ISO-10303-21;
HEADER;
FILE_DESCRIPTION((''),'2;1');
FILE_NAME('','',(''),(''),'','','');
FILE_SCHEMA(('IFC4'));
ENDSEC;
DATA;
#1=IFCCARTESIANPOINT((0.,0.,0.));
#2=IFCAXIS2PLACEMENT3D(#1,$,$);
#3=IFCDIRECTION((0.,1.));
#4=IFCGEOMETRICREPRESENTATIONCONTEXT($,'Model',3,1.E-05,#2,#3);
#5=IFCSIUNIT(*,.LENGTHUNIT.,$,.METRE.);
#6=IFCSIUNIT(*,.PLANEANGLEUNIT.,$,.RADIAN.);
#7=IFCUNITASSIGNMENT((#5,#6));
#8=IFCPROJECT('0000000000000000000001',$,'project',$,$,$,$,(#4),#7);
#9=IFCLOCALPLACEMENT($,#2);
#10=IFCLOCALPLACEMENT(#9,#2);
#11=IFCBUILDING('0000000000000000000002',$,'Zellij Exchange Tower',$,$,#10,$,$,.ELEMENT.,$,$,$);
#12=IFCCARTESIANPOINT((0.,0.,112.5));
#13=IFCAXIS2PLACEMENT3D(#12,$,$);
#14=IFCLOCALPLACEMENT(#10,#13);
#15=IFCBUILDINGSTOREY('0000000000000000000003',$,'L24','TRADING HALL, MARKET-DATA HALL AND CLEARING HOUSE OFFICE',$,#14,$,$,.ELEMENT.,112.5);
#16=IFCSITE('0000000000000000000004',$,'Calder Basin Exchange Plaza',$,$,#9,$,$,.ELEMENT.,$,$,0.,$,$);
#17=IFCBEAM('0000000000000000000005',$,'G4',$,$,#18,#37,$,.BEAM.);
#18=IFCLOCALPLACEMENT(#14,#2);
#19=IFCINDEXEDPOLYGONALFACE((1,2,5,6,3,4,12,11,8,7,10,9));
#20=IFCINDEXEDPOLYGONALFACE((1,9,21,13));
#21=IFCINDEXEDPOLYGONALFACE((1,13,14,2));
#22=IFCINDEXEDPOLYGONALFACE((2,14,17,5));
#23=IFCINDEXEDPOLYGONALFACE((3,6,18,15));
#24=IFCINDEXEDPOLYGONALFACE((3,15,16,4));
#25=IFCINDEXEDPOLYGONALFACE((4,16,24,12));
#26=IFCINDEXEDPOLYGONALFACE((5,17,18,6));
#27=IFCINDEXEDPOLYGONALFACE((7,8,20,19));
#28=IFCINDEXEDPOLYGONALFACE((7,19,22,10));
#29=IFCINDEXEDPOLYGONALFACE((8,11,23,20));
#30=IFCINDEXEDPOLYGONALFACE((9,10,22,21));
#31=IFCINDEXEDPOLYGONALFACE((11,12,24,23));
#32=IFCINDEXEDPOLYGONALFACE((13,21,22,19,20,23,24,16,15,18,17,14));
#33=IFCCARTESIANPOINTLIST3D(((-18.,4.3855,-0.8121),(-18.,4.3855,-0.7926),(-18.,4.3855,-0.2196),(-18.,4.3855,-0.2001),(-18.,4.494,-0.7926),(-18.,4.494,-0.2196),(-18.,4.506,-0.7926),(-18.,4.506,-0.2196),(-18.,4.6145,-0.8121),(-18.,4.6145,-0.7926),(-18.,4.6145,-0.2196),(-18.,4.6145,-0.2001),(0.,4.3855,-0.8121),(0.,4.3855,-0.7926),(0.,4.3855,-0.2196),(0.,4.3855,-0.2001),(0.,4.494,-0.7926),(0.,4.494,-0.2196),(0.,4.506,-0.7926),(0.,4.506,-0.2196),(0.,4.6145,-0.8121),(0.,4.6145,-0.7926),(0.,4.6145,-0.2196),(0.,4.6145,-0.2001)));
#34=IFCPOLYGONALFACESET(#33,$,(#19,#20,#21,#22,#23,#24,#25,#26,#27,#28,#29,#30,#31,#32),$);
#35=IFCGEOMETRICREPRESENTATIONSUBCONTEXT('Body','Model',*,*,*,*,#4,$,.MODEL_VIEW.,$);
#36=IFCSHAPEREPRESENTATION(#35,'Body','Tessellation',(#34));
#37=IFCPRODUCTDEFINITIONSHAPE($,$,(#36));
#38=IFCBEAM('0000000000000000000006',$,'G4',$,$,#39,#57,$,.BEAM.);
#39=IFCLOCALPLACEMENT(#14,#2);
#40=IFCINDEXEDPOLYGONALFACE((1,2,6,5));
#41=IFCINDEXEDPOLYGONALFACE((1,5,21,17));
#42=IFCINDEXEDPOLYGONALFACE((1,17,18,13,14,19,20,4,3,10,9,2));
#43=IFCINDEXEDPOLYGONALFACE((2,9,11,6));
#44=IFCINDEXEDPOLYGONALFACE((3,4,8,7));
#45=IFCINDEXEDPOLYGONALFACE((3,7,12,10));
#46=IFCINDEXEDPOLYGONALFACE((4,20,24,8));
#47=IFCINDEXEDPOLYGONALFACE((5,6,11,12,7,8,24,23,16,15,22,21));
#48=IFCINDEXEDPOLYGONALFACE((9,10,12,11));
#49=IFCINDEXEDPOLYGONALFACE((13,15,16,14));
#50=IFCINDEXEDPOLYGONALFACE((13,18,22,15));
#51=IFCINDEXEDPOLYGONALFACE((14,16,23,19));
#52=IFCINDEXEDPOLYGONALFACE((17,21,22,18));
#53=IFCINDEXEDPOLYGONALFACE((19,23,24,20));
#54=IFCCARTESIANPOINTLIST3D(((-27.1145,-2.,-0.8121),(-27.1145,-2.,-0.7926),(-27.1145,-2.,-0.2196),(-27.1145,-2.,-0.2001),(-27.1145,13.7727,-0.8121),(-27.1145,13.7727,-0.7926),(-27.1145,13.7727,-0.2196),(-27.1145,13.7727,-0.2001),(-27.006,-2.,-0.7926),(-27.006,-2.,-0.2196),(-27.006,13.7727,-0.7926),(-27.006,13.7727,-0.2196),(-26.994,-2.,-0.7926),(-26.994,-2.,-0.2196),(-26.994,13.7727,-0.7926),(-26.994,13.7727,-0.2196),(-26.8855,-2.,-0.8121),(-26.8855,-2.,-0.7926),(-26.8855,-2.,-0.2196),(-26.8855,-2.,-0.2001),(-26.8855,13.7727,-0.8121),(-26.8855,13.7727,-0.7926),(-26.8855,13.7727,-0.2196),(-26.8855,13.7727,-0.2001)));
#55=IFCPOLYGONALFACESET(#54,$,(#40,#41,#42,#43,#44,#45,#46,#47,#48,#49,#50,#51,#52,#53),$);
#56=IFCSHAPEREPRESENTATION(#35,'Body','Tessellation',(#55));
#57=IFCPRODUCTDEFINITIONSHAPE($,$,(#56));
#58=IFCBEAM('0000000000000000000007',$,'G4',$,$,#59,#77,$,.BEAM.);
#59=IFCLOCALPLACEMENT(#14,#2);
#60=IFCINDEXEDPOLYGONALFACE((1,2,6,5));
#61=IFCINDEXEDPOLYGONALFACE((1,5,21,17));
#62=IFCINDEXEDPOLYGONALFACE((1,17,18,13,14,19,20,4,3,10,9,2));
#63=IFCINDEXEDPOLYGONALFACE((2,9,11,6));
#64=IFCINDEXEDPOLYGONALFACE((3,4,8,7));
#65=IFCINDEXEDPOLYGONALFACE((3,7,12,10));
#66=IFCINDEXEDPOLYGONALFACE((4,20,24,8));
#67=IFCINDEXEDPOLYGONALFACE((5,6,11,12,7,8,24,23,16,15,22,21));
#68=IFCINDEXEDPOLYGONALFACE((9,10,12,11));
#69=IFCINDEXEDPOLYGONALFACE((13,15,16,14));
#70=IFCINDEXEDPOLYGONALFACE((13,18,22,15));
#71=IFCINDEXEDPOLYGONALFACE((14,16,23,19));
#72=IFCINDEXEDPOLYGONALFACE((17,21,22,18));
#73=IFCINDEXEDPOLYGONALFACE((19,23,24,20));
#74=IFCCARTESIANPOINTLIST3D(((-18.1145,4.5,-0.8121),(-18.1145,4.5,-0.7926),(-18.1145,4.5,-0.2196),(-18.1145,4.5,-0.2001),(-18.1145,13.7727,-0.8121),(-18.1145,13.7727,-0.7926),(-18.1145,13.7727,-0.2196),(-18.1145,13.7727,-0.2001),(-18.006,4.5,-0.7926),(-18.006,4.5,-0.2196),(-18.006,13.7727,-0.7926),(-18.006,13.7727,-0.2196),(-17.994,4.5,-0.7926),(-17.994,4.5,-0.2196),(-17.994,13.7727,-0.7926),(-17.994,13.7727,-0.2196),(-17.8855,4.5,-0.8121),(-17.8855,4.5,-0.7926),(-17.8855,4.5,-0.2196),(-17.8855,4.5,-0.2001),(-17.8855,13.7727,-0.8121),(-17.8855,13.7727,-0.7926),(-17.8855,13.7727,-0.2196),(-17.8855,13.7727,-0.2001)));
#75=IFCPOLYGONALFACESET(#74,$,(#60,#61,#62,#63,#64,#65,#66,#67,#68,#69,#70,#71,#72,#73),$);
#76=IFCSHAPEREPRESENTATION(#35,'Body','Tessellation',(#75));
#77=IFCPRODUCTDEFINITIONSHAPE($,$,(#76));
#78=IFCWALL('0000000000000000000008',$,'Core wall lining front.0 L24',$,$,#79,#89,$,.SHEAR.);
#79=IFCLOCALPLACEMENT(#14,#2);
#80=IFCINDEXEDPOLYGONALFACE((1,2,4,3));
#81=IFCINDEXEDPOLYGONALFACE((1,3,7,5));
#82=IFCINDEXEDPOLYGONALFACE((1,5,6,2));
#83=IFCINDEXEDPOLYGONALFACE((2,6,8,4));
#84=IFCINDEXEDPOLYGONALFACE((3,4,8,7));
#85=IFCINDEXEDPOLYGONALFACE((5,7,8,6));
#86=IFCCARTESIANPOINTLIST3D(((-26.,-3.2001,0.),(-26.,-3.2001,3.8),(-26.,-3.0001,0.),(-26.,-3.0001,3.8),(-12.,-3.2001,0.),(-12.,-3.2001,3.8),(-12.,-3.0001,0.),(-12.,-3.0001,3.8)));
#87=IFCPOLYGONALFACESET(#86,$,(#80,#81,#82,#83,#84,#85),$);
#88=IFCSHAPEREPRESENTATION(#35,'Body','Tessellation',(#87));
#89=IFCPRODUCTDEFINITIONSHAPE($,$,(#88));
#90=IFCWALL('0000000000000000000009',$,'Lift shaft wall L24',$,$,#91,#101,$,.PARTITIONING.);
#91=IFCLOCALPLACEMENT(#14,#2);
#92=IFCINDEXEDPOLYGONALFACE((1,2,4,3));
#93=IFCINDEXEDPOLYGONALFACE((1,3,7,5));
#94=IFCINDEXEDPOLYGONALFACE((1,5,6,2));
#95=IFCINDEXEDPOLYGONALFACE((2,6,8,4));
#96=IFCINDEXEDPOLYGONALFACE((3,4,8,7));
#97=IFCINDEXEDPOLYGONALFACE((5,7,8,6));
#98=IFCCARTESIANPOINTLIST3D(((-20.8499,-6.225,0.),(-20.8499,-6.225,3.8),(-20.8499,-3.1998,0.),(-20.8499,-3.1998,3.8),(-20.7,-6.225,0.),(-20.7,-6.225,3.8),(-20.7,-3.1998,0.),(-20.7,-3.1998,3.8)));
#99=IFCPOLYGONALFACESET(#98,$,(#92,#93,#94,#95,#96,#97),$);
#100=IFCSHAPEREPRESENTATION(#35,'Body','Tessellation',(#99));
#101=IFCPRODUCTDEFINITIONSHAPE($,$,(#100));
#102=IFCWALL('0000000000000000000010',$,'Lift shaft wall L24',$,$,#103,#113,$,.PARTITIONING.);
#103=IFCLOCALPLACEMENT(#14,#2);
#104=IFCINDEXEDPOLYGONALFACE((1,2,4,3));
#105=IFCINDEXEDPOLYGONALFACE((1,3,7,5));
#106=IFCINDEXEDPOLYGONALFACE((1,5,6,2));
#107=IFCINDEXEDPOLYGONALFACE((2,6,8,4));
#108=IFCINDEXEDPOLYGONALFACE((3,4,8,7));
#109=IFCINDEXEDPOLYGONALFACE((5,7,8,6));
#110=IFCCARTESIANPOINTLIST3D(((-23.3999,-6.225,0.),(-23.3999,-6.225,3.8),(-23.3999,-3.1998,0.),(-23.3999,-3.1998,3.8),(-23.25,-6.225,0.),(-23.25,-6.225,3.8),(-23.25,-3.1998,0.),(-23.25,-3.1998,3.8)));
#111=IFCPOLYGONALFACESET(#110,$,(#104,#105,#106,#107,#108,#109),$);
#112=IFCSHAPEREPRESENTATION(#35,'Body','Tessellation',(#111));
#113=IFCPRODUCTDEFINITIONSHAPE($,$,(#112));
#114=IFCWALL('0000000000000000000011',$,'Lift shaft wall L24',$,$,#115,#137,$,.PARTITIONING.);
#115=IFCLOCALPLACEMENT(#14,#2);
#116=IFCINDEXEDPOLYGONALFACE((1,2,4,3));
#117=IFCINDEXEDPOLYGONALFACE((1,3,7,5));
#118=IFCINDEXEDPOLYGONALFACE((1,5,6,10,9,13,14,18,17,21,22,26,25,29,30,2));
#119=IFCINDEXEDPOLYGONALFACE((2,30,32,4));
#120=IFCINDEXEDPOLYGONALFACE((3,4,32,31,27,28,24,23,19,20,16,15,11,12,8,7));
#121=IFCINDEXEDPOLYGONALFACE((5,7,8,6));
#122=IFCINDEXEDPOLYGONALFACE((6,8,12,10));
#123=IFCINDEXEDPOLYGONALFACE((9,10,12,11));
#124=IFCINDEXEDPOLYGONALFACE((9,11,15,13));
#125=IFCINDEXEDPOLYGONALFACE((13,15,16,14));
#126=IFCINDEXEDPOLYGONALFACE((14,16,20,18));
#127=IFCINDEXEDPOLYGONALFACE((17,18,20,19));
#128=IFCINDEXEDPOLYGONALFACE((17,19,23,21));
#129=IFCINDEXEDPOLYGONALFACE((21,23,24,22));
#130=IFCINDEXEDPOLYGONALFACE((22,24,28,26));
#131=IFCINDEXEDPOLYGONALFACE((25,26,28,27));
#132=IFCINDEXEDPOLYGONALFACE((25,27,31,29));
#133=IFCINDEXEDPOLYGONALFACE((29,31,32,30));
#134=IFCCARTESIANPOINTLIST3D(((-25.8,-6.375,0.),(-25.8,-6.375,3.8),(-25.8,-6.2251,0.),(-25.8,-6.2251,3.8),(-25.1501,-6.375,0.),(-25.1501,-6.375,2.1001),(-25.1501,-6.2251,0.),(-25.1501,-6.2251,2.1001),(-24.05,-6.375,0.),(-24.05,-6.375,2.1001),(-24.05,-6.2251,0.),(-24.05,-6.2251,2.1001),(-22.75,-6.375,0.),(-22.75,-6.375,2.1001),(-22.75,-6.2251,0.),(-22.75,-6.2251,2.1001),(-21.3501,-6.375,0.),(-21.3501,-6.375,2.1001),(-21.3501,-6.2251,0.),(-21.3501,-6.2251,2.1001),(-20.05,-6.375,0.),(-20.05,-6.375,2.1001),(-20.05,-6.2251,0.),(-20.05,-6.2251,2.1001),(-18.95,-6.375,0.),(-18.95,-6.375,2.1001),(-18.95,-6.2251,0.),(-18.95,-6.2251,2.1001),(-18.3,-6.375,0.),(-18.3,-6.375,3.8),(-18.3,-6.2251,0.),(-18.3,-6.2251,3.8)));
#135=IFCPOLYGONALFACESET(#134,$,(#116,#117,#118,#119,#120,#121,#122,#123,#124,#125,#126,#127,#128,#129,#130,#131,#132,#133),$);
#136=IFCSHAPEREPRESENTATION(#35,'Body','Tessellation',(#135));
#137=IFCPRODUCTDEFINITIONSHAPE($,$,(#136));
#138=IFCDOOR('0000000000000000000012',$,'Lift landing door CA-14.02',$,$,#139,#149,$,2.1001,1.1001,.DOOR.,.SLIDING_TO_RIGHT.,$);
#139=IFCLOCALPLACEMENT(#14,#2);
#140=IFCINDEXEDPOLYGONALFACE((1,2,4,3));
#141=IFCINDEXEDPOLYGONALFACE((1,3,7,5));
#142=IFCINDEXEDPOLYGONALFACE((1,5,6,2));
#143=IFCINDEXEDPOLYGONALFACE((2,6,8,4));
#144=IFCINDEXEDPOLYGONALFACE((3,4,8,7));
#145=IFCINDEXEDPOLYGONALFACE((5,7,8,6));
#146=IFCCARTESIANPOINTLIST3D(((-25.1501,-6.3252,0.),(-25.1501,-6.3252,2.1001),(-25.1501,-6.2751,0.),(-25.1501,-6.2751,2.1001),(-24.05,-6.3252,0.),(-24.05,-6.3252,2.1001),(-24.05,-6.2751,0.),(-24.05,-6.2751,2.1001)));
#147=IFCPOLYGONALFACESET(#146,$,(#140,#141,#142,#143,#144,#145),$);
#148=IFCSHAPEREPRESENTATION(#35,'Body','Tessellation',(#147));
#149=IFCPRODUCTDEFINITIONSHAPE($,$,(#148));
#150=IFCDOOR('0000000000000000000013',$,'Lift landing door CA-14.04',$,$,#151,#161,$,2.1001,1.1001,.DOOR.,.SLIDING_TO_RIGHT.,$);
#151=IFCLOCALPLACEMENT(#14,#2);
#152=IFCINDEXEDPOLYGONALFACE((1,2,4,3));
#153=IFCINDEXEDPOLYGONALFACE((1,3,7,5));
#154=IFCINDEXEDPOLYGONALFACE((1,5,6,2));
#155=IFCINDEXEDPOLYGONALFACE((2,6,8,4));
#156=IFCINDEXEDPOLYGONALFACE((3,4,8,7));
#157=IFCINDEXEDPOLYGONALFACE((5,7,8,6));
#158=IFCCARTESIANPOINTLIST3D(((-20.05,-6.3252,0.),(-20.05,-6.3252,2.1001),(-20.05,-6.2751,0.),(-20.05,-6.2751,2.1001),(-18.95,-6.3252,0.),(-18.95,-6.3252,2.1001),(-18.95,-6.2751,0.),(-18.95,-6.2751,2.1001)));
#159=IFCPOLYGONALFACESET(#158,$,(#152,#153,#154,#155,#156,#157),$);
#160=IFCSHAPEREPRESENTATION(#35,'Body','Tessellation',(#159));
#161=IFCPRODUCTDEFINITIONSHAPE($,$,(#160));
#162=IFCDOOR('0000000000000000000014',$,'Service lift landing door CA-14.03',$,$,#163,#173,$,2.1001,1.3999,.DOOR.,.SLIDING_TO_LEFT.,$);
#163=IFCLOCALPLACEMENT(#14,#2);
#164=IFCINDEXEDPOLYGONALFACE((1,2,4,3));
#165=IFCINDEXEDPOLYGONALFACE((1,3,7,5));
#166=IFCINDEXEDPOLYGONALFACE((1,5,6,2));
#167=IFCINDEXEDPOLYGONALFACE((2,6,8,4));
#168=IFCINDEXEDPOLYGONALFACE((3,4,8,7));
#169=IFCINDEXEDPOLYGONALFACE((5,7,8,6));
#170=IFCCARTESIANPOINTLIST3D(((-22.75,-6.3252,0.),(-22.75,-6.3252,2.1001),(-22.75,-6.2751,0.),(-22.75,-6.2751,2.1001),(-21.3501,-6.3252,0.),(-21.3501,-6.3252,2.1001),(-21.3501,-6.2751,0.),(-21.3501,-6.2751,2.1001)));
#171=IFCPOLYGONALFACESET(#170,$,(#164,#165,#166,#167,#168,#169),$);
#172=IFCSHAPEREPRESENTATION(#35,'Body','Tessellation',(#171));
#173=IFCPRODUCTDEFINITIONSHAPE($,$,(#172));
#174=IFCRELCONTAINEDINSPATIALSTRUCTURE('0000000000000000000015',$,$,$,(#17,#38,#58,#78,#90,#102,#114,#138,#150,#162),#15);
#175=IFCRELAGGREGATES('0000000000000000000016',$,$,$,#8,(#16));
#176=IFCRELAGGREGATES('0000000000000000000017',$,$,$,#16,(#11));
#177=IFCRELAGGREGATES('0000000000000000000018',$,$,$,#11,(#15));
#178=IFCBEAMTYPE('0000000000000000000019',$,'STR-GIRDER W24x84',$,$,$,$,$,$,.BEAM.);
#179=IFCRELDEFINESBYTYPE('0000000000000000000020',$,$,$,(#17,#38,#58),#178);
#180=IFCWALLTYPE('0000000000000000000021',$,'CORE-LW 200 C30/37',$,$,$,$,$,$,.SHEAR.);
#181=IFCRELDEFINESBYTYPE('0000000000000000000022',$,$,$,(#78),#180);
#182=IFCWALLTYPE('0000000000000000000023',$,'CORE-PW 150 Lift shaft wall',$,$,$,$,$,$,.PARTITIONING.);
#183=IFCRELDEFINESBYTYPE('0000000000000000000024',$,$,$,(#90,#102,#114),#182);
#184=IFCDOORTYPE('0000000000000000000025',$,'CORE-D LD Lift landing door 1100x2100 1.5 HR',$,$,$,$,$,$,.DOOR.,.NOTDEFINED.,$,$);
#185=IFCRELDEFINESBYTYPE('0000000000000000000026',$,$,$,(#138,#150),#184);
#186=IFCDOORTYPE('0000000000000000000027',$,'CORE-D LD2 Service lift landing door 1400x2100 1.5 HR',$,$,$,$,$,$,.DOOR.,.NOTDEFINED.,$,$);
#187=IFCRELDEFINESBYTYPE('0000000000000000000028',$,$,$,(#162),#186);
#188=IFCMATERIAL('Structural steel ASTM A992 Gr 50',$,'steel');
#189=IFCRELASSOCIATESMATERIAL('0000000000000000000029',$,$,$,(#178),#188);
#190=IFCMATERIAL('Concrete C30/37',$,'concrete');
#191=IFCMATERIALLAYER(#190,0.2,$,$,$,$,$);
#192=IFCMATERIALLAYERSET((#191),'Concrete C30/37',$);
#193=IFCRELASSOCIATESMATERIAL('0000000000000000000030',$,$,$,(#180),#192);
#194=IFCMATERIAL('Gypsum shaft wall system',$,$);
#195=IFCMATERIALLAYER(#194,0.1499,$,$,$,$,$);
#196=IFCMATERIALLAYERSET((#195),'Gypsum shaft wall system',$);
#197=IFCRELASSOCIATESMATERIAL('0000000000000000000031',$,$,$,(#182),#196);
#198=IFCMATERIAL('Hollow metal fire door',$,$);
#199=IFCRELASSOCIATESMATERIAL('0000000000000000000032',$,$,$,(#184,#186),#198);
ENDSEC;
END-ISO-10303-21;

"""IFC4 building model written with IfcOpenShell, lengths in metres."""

from ifc_helpers import new_model, si_unit, direction, frame, frame_2d, origin, origin_2d, place, context, subcontext, project, spatial, rectangle, i_section, extrude, material, layer, layer_set, material_profile, profile_set, type_object, element, fill, save


model = new_model("IFC4")

# Units and contexts
model_context = context("Model", 3, precision=1e-05, world=origin(), true_north=direction((0.0, 1.0)))
body_context = subcontext(model_context, "Body", "Model", "MODEL_VIEW")
ifc_project = project(units=[si_unit("LENGTHUNIT", "METRE"), si_unit("PLANEANGLEUNIT", "RADIAN")], contexts=[model_context])

# Site, building, storey
site_placement = place(None, origin())
site = spatial("IfcSite", under=ifc_project, at=site_placement, Name="Calder Basin Exchange Plaza", CompositionType="ELEMENT", RefElevation=0.0)
building_placement = place(site_placement, origin())
building = spatial("IfcBuilding", under=site, at=building_placement, Name="Zellij Exchange Tower", CompositionType="ELEMENT")
storey_placement = place(building_placement, frame((0.0, 0.0, 112.5)))
storey = spatial("IfcBuildingStorey", under=building, at=storey_placement, Name="L24", Description="TRADING HALL, MARKET-DATA HALL AND CLEARING HOUSE OFFICE", CompositionType="ELEMENT", Elevation=112.5)

# Beams
ifc_material_1 = material(Name="Structural steel ASTM A992 Gr 50", Category="steel")
ifc_material_profile_1 = material_profile(ifc_material_1, i_section(OverallWidth=0.229, OverallDepth=0.6121, WebThickness=0.012, FlangeThickness=0.0195, at=origin_2d()), Name="W24x84")
ifc_profile_set_1 = profile_set([ifc_material_profile_1], Name="Structural steel ASTM A992 Gr 50")
beam_type_1 = type_object("IfcBeamType", Name="STR-GIRDER W24x84", PredefinedType="BEAM", material=ifc_profile_set_1)
beam_1_placement = place(storey_placement, frame((-18.0, 4.5, -0.5061), z_axis=(1.0, 0.0, 0.0), x_axis=(0.0, 1.0, 0.0)))
element("IfcBeam", 1, at=beam_1_placement, inside=storey, type_object=beam_type_1, Name="G4", PredefinedType="BEAM", context=body_context, shape_type="SweptSolid", body=[
    extrude(i_section(OverallWidth=0.229, OverallDepth=0.6121, WebThickness=0.012, FlangeThickness=0.0195, at=origin_2d()), origin(), (0.0, 0.0, 1.0), 18.0),
])
beam_2_placement = place(storey_placement, frame((-27.0, -2.0, -0.5061), z_axis=(0.0, 1.0, 0.0), x_axis=(-1.0, 0.0, 0.0)))
element("IfcBeam", 2, at=beam_2_placement, inside=storey, type_object=beam_type_1, Name="G4", PredefinedType="BEAM", context=body_context, shape_type="SweptSolid", body=[
    extrude(i_section(OverallWidth=0.229, OverallDepth=0.6121, WebThickness=0.012, FlangeThickness=0.0195, at=origin_2d()), origin(), (0.0, 0.0, 1.0), 15.7727),
])
beam_3_placement = place(storey_placement, frame((-18.0, 4.5, -0.5061), z_axis=(0.0, 1.0, 0.0), x_axis=(-1.0, 0.0, 0.0)))
element("IfcBeam", 3, at=beam_3_placement, inside=storey, type_object=beam_type_1, Name="G4", PredefinedType="BEAM", context=body_context, shape_type="SweptSolid", body=[
    extrude(i_section(OverallWidth=0.229, OverallDepth=0.6121, WebThickness=0.012, FlangeThickness=0.0195, at=origin_2d()), origin(), (0.0, 0.0, 1.0), 9.2727),
])

# Walls
ifc_material_2 = material(Name="Concrete C30/37", Category="concrete")
ifc_layer_1 = layer(ifc_material_2, 0.2)
ifc_layer_set_1 = layer_set([ifc_layer_1], Name="Concrete C30/37")
wall_type_1 = type_object("IfcWallType", Name="CORE-LW 200 C30/37", PredefinedType="SHEAR", material=ifc_layer_set_1)
wall_1_placement = place(storey_placement, frame((-26.0, -3.1001, 0.0), z_axis=(0.0, 0.0, 1.0), x_axis=(1.0, 0.0, 0.0)))
element("IfcWall", 4, at=wall_1_placement, inside=storey, type_object=wall_type_1, Name="Core wall lining front.0 L24", PredefinedType="SHEAR", context=body_context, shape_type="SweptSolid", body=[
    extrude(rectangle(XDim=14.0, YDim=0.2, at=frame_2d((7.0, 0.0))), origin(), (0.0, 0.0, 1.0), 3.8),
])
ifc_material_3 = material(Name="Gypsum shaft wall system")
ifc_layer_2 = layer(ifc_material_3, 0.1499)
ifc_layer_set_2 = layer_set([ifc_layer_2], Name="Gypsum shaft wall system")
wall_type_2 = type_object("IfcWallType", Name="CORE-PW 150 Lift shaft wall", PredefinedType="PARTITIONING", material=ifc_layer_set_2)
for number, where, z_axis, x_axis, name in (
    (5, (-20.7749, -6.2251, 0.0), (0.0, 0.0, 1.0), (0.0, 1.0, 0.0), "Lift shaft wall L24"),
    (6, (-23.325, -6.2251, 0.0), (0.0, 0.0, 1.0), (0.0, 1.0, 0.0), "Lift shaft wall L24"),
):
    element("IfcWall", number, at=place(storey_placement, frame(where, z_axis=z_axis, x_axis=x_axis)), inside=storey, type_object=wall_type_2, Name=name, PredefinedType="PARTITIONING", context=body_context, shape_type="SweptSolid", body=[
        extrude(rectangle(XDim=3.0251, YDim=0.1499, at=frame_2d((1.5127, 0.0))), origin(), (0.0, 0.0, 1.0), 3.8),
    ])

# Wall, openings, doors
wall_2_placement = place(storey_placement, frame((-25.8, -6.3, 0.0), z_axis=(0.0, 0.0, 1.0), x_axis=(1.0, 0.0, 0.0)))
wall_2 = element("IfcWall", 7, at=wall_2_placement, inside=storey, type_object=wall_type_2, Name="Lift shaft wall L24", PredefinedType="PARTITIONING", context=body_context, shape_type="SweptSolid", body=[
    extrude(rectangle(XDim=7.5, YDim=0.1499, at=frame_2d((3.75, 0.0))), origin(), (0.0, 0.0, 1.0), 3.8),
])
opening_1_placement = place(wall_2_placement, frame((0.6499, 0.0, 0.0)))
opening_1 = element("IfcOpeningElement", 8, at=opening_1_placement, cuts=wall_2, PredefinedType="OPENING", context=body_context, shape_type="SweptSolid", body=[
    extrude(rectangle(XDim=1.1001, YDim=2.1001, at=frame_2d((0.55, 1.05))), frame((0.0, 0.0869, 0.0), z_axis=(0.0, -1.0, 0.0), x_axis=(1.0, 0.0, 0.0)), (0.0, 0.0, 1.0), 0.1738),
])
opening_2_placement = place(wall_2_placement, frame((3.05, 0.0, 0.0)))
opening_2 = element("IfcOpeningElement", 9, at=opening_2_placement, cuts=wall_2, PredefinedType="OPENING", context=body_context, shape_type="SweptSolid", body=[
    extrude(rectangle(XDim=1.3999, YDim=2.1001, at=frame_2d((0.7, 1.05))), frame((0.0, 0.0869, 0.0), z_axis=(0.0, -1.0, 0.0), x_axis=(1.0, 0.0, 0.0)), (0.0, 0.0, 1.0), 0.1738),
])
opening_3_placement = place(wall_2_placement, frame((5.75, 0.0, 0.0)))
opening_3 = element("IfcOpeningElement", 10, at=opening_3_placement, cuts=wall_2, PredefinedType="OPENING", context=body_context, shape_type="SweptSolid", body=[
    extrude(rectangle(XDim=1.1001, YDim=2.1001, at=frame_2d((0.55, 1.05))), frame((0.0, 0.0869, 0.0), z_axis=(0.0, -1.0, 0.0), x_axis=(1.0, 0.0, 0.0)), (0.0, 0.0, 1.0), 0.1738),
])
ifc_material_4 = material(Name="Hollow metal fire door")
door_type_1 = type_object("IfcDoorType", Name="CORE-D LD Lift landing door 1100x2100 1.5 HR", OperationType="NOTDEFINED", PredefinedType="DOOR", material=ifc_material_4)
door_1_placement = place(opening_1_placement, origin())
door_1 = element("IfcDoor", 11, at=door_1_placement, inside=storey, type_object=door_type_1, Name="Lift landing door CA-14.02", OperationType="SLIDING_TO_RIGHT", OverallHeight=2.1001, OverallWidth=1.1001, PredefinedType="DOOR", context=body_context, shape_type="SweptSolid", body=[
    extrude(rectangle(XDim=1.1001, YDim=2.1001, at=frame_2d((0.55, 1.05))), frame((0.0, 0.0249, 0.0), z_axis=(0.0, -1.0, 0.0), x_axis=(1.0, 0.0, 0.0)), (0.0, 0.0, 1.0), 0.05),
])
fill(opening_1, door_1)
door_2_placement = place(opening_3_placement, origin())
door_2 = element("IfcDoor", 12, at=door_2_placement, inside=storey, type_object=door_type_1, Name="Lift landing door CA-14.04", OperationType="SLIDING_TO_RIGHT", OverallHeight=2.1001, OverallWidth=1.1001, PredefinedType="DOOR", context=body_context, shape_type="SweptSolid", body=[
    extrude(rectangle(XDim=1.1001, YDim=2.1001, at=frame_2d((0.55, 1.05))), frame((0.0, 0.0249, 0.0), z_axis=(0.0, -1.0, 0.0), x_axis=(1.0, 0.0, 0.0)), (0.0, 0.0, 1.0), 0.05),
])
fill(opening_3, door_2)
door_type_2 = type_object("IfcDoorType", Name="CORE-D LD2 Service lift landing door 1400x2100 1.5 HR", OperationType="NOTDEFINED", PredefinedType="DOOR", material=ifc_material_4)
door_3_placement = place(opening_2_placement, origin())
door_3 = element("IfcDoor", 13, at=door_3_placement, inside=storey, type_object=door_type_2, Name="Service lift landing door CA-14.03", OperationType="SLIDING_TO_LEFT", OverallHeight=2.1001, OverallWidth=1.3999, PredefinedType="DOOR", context=body_context, shape_type="SweptSolid", body=[
    extrude(rectangle(XDim=1.3999, YDim=2.1001, at=frame_2d((0.7, 1.05))), frame((0.0, 0.0249, 0.0), z_axis=(0.0, -1.0, 0.0), x_axis=(1.0, 0.0, 0.0)), (0.0, 0.0, 1.0), 0.05),
])
fill(opening_2, door_3)

save(model, "model.ifc")
